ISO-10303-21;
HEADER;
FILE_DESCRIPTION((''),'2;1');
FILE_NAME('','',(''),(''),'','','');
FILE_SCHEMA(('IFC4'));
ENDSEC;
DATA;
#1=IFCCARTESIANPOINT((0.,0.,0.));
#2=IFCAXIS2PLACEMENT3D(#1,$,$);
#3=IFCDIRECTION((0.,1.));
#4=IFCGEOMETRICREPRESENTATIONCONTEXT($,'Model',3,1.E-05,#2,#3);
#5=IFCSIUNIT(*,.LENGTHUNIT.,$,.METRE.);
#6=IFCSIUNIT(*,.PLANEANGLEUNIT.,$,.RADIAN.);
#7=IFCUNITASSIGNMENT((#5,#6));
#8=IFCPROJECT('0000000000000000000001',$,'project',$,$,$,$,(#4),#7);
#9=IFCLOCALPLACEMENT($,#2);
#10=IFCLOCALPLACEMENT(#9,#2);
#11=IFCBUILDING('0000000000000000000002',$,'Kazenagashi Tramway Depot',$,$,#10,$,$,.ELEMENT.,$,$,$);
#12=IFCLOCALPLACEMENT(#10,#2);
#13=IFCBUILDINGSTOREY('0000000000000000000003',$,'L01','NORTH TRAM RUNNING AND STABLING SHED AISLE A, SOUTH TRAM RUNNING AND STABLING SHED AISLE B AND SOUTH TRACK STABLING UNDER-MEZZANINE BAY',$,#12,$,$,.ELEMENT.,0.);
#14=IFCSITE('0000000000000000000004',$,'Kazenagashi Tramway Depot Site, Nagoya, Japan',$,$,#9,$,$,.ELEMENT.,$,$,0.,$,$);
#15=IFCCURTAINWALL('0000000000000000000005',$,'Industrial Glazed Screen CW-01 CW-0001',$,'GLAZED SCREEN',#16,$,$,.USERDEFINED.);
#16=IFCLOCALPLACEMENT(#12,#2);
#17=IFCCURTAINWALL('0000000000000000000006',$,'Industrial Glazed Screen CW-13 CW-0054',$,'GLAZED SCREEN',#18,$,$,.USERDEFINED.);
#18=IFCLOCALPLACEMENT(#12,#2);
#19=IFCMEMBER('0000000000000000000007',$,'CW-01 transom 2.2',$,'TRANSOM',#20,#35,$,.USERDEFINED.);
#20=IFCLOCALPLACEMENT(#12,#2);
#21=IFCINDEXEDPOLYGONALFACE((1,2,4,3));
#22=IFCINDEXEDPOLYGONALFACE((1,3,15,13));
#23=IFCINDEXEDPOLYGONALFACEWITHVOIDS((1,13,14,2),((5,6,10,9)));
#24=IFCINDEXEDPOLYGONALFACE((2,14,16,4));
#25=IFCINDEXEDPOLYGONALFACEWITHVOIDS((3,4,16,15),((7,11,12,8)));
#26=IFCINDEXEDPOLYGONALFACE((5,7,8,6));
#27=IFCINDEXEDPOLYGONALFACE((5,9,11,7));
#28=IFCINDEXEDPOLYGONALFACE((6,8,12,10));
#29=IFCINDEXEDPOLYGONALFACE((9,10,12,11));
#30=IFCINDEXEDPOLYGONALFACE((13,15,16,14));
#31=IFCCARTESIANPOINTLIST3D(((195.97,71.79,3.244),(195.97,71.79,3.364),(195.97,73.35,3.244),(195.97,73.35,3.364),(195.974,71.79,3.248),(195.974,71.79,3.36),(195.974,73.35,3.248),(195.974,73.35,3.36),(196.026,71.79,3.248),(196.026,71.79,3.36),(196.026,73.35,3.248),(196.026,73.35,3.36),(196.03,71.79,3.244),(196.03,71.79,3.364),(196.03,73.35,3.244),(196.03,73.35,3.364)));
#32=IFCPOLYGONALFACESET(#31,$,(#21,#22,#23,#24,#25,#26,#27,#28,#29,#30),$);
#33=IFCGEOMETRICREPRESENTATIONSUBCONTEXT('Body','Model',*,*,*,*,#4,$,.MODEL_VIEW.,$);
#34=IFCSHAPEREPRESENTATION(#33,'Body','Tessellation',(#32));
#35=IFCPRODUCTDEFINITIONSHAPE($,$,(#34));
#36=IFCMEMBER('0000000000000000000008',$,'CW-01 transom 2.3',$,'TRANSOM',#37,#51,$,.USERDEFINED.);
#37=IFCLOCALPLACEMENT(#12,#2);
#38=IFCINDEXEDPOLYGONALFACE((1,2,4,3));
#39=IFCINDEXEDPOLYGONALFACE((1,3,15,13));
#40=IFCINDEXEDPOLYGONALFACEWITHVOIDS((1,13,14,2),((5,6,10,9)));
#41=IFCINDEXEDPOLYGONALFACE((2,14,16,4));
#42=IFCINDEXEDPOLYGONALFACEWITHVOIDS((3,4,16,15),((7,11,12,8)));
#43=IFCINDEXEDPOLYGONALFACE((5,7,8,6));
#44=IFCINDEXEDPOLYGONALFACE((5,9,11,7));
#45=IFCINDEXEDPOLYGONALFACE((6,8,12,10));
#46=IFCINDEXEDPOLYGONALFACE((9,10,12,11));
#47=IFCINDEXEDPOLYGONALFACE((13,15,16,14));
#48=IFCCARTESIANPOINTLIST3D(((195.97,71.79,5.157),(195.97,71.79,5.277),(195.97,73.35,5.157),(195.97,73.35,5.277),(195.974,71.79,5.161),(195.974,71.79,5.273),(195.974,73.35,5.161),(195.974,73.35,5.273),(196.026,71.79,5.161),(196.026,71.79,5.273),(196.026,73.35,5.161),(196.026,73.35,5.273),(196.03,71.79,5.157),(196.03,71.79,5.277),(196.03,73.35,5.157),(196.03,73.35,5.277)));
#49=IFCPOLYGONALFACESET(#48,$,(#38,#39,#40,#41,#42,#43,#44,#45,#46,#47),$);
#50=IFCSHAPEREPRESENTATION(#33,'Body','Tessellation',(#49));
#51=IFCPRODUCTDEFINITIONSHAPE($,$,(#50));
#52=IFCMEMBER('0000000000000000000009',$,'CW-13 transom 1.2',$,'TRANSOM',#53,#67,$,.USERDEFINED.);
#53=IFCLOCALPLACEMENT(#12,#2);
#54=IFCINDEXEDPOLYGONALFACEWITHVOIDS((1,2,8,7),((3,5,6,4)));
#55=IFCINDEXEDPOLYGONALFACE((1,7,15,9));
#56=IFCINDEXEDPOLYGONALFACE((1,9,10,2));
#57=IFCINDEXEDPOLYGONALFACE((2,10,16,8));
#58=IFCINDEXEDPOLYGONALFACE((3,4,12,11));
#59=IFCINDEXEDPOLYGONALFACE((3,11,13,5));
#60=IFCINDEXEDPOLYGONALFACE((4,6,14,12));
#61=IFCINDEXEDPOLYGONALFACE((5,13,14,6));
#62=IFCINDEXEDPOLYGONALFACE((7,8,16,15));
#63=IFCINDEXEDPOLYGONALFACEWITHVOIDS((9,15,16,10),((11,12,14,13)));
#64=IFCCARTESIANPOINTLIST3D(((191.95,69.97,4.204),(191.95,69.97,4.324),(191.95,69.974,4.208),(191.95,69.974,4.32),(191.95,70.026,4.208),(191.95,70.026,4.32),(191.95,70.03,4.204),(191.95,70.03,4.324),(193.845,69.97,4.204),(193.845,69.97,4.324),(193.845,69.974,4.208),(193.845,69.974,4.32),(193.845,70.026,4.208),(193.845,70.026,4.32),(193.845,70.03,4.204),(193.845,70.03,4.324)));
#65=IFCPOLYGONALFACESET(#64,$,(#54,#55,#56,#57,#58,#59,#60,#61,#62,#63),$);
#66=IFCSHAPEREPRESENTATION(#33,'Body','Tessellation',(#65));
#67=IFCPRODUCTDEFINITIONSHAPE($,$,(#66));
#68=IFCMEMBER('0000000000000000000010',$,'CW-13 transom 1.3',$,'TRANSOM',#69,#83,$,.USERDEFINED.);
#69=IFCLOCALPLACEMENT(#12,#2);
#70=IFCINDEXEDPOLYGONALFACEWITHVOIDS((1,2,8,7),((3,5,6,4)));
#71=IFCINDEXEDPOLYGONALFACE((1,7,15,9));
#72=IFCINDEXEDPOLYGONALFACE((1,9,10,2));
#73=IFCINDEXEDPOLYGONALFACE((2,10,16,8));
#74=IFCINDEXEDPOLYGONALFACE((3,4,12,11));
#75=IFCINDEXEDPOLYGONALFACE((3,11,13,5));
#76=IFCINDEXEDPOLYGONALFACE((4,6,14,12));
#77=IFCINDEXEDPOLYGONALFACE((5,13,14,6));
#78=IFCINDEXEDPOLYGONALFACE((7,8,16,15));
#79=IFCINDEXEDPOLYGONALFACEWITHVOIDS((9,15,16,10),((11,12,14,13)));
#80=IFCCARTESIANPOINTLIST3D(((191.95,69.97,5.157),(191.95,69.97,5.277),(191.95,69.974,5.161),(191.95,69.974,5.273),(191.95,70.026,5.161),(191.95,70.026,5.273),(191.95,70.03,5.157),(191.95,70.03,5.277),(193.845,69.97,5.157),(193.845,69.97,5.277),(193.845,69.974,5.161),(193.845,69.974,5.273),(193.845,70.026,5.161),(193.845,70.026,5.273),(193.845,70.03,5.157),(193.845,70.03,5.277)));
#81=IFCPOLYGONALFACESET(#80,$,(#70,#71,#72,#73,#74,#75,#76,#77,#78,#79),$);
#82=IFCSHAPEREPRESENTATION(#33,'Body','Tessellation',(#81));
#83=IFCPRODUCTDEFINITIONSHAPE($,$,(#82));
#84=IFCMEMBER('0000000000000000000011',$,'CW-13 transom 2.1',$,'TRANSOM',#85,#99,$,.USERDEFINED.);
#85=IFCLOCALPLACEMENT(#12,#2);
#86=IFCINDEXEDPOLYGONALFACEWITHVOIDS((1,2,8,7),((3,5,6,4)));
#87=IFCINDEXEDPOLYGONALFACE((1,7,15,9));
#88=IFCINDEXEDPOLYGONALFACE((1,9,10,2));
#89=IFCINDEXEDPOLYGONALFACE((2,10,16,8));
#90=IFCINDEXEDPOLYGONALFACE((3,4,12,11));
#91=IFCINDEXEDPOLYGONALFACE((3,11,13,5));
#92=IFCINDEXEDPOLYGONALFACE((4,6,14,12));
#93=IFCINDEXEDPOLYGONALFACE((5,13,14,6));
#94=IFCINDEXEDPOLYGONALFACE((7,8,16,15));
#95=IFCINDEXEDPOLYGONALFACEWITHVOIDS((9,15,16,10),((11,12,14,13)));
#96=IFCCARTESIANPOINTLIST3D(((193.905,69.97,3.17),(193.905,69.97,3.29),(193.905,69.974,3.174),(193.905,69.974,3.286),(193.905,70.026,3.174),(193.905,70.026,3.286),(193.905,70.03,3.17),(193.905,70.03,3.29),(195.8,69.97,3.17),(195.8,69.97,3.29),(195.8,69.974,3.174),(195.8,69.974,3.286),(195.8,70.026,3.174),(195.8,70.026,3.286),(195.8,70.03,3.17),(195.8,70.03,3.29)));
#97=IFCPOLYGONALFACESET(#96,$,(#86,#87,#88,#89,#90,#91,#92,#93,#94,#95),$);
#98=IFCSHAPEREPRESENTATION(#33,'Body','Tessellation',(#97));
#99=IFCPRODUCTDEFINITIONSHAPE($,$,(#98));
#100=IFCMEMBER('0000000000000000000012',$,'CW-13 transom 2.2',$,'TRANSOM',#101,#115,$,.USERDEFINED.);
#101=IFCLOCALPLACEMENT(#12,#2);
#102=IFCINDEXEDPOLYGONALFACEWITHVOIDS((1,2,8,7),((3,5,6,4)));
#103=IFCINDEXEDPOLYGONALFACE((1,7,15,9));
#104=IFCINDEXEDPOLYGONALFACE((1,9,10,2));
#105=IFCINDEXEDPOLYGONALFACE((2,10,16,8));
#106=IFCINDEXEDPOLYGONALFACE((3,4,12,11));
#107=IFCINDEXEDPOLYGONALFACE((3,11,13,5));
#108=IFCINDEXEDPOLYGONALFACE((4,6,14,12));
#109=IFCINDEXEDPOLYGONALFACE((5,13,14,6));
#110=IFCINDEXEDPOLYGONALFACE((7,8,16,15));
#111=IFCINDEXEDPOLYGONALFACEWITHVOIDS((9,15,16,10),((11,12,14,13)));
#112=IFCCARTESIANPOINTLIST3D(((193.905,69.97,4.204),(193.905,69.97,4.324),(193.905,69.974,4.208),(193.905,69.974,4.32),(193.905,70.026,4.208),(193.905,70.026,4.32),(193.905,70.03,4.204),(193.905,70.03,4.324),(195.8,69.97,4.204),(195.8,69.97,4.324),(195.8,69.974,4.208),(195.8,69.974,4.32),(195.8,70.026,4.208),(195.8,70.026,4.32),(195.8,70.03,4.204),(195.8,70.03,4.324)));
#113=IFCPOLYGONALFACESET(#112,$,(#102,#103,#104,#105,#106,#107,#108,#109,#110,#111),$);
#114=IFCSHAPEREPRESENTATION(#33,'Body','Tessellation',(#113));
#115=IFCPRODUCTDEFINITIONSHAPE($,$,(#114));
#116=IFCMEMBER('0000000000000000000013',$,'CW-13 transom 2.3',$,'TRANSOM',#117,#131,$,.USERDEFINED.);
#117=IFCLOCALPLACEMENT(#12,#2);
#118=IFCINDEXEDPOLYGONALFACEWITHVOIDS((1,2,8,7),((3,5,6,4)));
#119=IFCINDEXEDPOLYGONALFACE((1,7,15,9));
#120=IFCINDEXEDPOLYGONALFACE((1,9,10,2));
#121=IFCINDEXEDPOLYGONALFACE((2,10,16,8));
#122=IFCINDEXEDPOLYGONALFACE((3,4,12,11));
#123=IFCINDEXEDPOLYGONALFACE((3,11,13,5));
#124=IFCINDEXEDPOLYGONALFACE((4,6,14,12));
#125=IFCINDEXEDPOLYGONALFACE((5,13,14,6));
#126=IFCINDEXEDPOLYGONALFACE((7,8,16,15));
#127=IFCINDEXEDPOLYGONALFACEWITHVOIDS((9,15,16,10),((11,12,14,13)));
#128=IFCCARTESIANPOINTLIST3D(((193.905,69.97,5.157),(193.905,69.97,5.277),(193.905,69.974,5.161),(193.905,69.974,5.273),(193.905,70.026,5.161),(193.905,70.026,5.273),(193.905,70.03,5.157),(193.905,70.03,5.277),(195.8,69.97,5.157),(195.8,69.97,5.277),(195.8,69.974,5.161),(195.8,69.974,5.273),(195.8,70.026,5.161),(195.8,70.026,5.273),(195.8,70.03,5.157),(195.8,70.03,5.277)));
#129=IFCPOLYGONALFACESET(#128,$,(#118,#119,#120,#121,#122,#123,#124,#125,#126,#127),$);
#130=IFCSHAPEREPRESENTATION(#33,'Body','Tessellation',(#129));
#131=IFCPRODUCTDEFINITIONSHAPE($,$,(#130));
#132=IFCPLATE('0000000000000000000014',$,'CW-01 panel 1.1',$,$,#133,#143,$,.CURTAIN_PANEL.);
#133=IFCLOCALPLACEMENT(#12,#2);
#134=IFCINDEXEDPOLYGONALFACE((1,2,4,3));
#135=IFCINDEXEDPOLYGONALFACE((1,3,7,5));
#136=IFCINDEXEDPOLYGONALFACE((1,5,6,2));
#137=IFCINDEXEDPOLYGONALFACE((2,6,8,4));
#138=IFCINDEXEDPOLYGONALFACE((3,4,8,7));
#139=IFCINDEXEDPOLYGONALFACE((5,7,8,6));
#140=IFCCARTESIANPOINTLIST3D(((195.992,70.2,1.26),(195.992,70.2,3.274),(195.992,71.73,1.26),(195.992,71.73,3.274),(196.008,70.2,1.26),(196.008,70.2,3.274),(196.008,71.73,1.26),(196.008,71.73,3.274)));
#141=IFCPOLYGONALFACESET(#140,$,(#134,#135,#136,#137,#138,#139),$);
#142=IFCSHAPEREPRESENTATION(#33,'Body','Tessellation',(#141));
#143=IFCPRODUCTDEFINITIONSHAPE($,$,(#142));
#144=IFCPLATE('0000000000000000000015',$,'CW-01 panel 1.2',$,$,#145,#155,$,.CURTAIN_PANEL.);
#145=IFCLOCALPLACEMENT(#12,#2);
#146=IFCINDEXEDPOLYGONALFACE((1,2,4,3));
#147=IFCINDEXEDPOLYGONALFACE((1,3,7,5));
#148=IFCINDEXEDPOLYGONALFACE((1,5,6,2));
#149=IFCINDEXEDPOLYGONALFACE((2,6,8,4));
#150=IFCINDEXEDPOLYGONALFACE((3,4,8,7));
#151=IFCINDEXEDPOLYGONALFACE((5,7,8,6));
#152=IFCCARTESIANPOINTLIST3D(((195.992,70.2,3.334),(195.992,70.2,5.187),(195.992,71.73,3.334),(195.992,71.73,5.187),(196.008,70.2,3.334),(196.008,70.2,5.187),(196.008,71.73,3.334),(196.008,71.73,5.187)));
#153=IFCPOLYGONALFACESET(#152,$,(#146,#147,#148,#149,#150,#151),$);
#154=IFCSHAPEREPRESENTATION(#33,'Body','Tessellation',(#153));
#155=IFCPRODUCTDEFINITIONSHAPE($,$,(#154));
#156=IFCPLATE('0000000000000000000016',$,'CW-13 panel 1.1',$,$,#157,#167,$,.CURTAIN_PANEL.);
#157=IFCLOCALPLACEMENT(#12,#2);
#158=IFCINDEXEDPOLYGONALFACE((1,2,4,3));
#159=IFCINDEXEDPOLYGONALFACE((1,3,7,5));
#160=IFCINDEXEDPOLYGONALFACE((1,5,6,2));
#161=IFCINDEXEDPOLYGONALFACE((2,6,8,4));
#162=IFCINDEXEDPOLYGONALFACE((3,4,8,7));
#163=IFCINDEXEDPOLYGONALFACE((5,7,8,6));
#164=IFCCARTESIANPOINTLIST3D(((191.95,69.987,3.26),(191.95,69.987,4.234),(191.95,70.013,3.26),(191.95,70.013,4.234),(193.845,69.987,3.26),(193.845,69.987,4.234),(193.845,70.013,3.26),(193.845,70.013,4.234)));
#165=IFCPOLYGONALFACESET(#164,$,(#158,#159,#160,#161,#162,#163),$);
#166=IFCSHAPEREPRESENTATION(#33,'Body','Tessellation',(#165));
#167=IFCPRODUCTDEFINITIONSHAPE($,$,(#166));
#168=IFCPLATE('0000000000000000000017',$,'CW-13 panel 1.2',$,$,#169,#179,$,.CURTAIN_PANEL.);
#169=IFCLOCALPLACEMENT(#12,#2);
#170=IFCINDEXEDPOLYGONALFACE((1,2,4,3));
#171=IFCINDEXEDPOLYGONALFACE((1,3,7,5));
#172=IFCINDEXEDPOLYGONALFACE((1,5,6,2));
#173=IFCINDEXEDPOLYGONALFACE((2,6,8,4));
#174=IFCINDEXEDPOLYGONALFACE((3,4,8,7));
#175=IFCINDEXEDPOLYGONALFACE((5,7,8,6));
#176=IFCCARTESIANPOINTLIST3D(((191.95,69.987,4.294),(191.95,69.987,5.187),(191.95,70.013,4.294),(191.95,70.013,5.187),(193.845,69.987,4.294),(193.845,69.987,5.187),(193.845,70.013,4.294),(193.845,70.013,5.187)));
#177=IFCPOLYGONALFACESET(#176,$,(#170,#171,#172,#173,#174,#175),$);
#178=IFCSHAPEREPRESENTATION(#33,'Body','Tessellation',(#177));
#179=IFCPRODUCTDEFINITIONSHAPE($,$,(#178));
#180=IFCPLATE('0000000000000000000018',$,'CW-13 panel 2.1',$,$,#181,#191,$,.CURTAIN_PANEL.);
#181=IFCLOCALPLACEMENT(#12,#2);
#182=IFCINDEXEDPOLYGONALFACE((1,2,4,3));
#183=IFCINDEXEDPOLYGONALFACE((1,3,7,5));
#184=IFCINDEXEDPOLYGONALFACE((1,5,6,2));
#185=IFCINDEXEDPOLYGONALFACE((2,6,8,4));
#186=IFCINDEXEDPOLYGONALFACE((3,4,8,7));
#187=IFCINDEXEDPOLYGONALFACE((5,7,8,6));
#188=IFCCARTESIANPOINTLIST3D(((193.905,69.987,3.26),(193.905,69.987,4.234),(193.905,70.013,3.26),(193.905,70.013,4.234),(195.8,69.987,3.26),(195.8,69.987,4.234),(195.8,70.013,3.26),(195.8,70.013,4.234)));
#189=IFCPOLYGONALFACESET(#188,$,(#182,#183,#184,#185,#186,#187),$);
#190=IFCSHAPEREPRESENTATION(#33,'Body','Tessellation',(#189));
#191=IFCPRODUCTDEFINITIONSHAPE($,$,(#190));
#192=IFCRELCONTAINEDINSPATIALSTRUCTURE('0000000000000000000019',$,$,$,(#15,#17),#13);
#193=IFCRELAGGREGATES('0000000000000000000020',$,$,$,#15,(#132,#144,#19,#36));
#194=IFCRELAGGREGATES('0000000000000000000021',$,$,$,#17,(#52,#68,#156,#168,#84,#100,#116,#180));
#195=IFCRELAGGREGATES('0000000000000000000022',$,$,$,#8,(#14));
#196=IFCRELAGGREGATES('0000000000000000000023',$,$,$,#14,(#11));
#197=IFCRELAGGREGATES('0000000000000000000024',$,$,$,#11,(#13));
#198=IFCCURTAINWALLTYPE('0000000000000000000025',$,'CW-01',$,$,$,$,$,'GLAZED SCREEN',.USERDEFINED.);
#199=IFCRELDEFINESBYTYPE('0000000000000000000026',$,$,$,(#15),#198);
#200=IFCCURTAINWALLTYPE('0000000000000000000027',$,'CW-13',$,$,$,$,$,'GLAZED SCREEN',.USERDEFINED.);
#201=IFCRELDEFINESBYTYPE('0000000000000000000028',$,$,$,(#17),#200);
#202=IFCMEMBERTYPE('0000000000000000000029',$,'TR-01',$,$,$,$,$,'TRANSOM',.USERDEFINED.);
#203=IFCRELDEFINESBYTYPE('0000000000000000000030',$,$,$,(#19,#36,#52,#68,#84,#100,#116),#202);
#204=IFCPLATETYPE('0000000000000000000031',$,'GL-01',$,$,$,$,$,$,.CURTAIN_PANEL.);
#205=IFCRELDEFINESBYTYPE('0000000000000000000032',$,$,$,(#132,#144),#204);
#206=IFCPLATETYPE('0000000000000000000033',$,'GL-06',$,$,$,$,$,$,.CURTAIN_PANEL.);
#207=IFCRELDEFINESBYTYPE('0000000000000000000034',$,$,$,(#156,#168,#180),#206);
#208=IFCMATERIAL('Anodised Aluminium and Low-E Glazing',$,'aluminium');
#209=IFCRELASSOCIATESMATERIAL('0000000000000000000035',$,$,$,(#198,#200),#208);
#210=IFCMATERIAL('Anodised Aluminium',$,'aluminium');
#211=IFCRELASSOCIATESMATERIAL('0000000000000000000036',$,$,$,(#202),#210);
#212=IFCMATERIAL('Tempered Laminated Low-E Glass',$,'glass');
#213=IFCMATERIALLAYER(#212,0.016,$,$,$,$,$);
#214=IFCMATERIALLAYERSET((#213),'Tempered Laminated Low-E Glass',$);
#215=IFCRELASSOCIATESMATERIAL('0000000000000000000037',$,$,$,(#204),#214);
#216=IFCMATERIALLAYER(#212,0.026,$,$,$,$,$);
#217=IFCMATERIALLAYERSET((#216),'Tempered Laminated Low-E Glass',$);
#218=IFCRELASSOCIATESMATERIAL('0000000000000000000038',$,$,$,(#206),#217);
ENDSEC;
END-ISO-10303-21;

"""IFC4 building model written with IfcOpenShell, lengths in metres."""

from ifc_helpers import new_model, si_unit, direction, frame, origin, origin_2d, place, context, subcontext, project, spatial, rectangle, hollow_rectangle, extrude, material, layer, layer_set, material_profile, profile_set, type_object, element, aggregate, save


model = new_model("IFC4")

# Units and contexts
model_context = context("Model", 3, precision=1e-05, world=origin(), true_north=direction((0.0, 1.0)))
body_context = subcontext(model_context, "Body", "Model", "MODEL_VIEW")
ifc_project = project(units=[si_unit("LENGTHUNIT", "METRE"), si_unit("PLANEANGLEUNIT", "RADIAN")], contexts=[model_context])

# Site, building, storey
site_placement = place(None, origin())
site = spatial("IfcSite", under=ifc_project, at=site_placement, Name="Kazenagashi Tramway Depot Site, Nagoya, Japan", CompositionType="ELEMENT", RefElevation=0.0)
building_placement = place(site_placement, origin())
building = spatial("IfcBuilding", under=site, at=building_placement, Name="Kazenagashi Tramway Depot", CompositionType="ELEMENT")
storey_placement = place(building_placement, origin())
storey = spatial("IfcBuildingStorey", under=building, at=storey_placement, Name="L01", Description="NORTH TRAM RUNNING AND STABLING SHED AISLE A, SOUTH TRAM RUNNING AND STABLING SHED AISLE B AND SOUTH TRACK STABLING UNDER-MEZZANINE BAY", CompositionType="ELEMENT", Elevation=0.0)

# Curtain walls
ifc_material_1 = material(Name="Anodised Aluminium and Low-E Glazing", Category="aluminium")
curtain_wall_type_1 = type_object("IfcCurtainWallType", Name="CW-01", ElementType="GLAZED SCREEN", PredefinedType="USERDEFINED", material=ifc_material_1)
curtain_wall_1_placement = place(storey_placement, origin())
curtain_wall_1 = element("IfcCurtainWall", 1, at=curtain_wall_1_placement, inside=storey, type_object=curtain_wall_type_1, Name="Industrial Glazed Screen CW-01 CW-0001", ObjectType="GLAZED SCREEN", PredefinedType="USERDEFINED")
ifc_material_2 = material(Name="Anodised Aluminium", Category="aluminium")
curtain_wall_type_2 = type_object("IfcCurtainWallType", Name="CW-13", ElementType="GLAZED SCREEN", PredefinedType="USERDEFINED", material=ifc_material_1)
curtain_wall_2_placement = place(storey_placement, origin())
curtain_wall_2 = element("IfcCurtainWall", 2, at=curtain_wall_2_placement, inside=storey, type_object=curtain_wall_type_2, Name="Industrial Glazed Screen CW-13 CW-0054", ObjectType="GLAZED SCREEN", PredefinedType="USERDEFINED")

# Members
ifc_material_profile_1 = material_profile(ifc_material_2, hollow_rectangle(XDim=0.06, YDim=0.12, WallThickness=0.004, at=origin_2d()), Name="RHS-120x60x4")
ifc_profile_set_1 = profile_set([ifc_material_profile_1], Name="Anodised Aluminium")
member_type_1 = type_object("IfcMemberType", Name="TR-01", ElementType="TRANSOM", PredefinedType="USERDEFINED", material=ifc_profile_set_1)
member_1_placement = place(storey_placement, frame((196.0, 71.79, 3.304), z_axis=(0.0, 1.0, 0.0), x_axis=(-1.0, 0.0, 0.0)))
member_1 = element("IfcMember", 3, at=member_1_placement, type_object=member_type_1, Name="CW-01 transom 2.2", ObjectType="TRANSOM", PredefinedType="USERDEFINED", context=body_context, shape_type="SweptSolid", body=[
    extrude(hollow_rectangle(XDim=0.06, YDim=0.12, WallThickness=0.004, at=origin_2d()), origin(), (0.0, 0.0, 1.0), 1.56),
])
member_2_placement = place(storey_placement, frame((196.0, 71.79, 5.217), z_axis=(0.0, 1.0, 0.0), x_axis=(-1.0, 0.0, 0.0)))
member_2 = element("IfcMember", 4, at=member_2_placement, type_object=member_type_1, Name="CW-01 transom 2.3", ObjectType="TRANSOM", PredefinedType="USERDEFINED", context=body_context, shape_type="SweptSolid", body=[
    extrude(hollow_rectangle(XDim=0.06, YDim=0.12, WallThickness=0.004, at=origin_2d()), origin(), (0.0, 0.0, 1.0), 1.56),
])
member_3_placement = place(storey_placement, frame((191.95, 70.0, 4.264), z_axis=(1.0, 0.0, 0.0), x_axis=(0.0, 1.0, 0.0)))
member_3 = element("IfcMember", 5, at=member_3_placement, type_object=member_type_1, Name="CW-13 transom 1.2", ObjectType="TRANSOM", PredefinedType="USERDEFINED", context=body_context, shape_type="SweptSolid", body=[
    extrude(hollow_rectangle(XDim=0.06, YDim=0.12, WallThickness=0.004, at=origin_2d()), origin(), (0.0, 0.0, 1.0), 1.895),
])
member_4_placement = place(storey_placement, frame((191.95, 70.0, 5.217), z_axis=(1.0, 0.0, 0.0), x_axis=(0.0, 1.0, 0.0)))
member_4 = element("IfcMember", 6, at=member_4_placement, type_object=member_type_1, Name="CW-13 transom 1.3", ObjectType="TRANSOM", PredefinedType="USERDEFINED", context=body_context, shape_type="SweptSolid", body=[
    extrude(hollow_rectangle(XDim=0.06, YDim=0.12, WallThickness=0.004, at=origin_2d()), origin(), (0.0, 0.0, 1.0), 1.895),
])
member_5_placement = place(storey_placement, frame((193.905, 70.0, 3.23), z_axis=(1.0, 0.0, 0.0), x_axis=(0.0, 1.0, 0.0)))
member_5 = element("IfcMember", 7, at=member_5_placement, type_object=member_type_1, Name="CW-13 transom 2.1", ObjectType="TRANSOM", PredefinedType="USERDEFINED", context=body_context, shape_type="SweptSolid", body=[
    extrude(hollow_rectangle(XDim=0.06, YDim=0.12, WallThickness=0.004, at=origin_2d()), origin(), (0.0, 0.0, 1.0), 1.895),
])
member_6_placement = place(storey_placement, frame((193.905, 70.0, 4.264), z_axis=(1.0, 0.0, 0.0), x_axis=(0.0, 1.0, 0.0)))
member_6 = element("IfcMember", 8, at=member_6_placement, type_object=member_type_1, Name="CW-13 transom 2.2", ObjectType="TRANSOM", PredefinedType="USERDEFINED", context=body_context, shape_type="SweptSolid", body=[
    extrude(hollow_rectangle(XDim=0.06, YDim=0.12, WallThickness=0.004, at=origin_2d()), origin(), (0.0, 0.0, 1.0), 1.895),
])
member_7_placement = place(storey_placement, frame((193.905, 70.0, 5.217), z_axis=(1.0, 0.0, 0.0), x_axis=(0.0, 1.0, 0.0)))
member_7 = element("IfcMember", 9, at=member_7_placement, type_object=member_type_1, Name="CW-13 transom 2.3", ObjectType="TRANSOM", PredefinedType="USERDEFINED", context=body_context, shape_type="SweptSolid", body=[
    extrude(hollow_rectangle(XDim=0.06, YDim=0.12, WallThickness=0.004, at=origin_2d()), origin(), (0.0, 0.0, 1.0), 1.895),
])

# Plates
ifc_material_3 = material(Name="Tempered Laminated Low-E Glass", Category="glass")
ifc_layer_1 = layer(ifc_material_3, 0.016)
ifc_layer_set_1 = layer_set([ifc_layer_1], Name="Tempered Laminated Low-E Glass")
plate_type_1 = type_object("IfcPlateType", Name="GL-01", PredefinedType="CURTAIN_PANEL", material=ifc_layer_set_1)
plate_1_placement = place(storey_placement, frame((196.0, 70.965, 1.26), z_axis=(0.0, 0.0, 1.0), x_axis=(0.0, 1.0, 0.0)))
plate_1 = element("IfcPlate", 10, at=plate_1_placement, type_object=plate_type_1, Name="CW-01 panel 1.1", PredefinedType="CURTAIN_PANEL", context=body_context, shape_type="SweptSolid", body=[
    extrude(rectangle(XDim=1.53, YDim=0.016, at=origin_2d()), origin(), (0.0, 0.0, 1.0), 2.014),
])
plate_2_placement = place(storey_placement, frame((196.0, 70.965, 3.334), z_axis=(0.0, 0.0, 1.0), x_axis=(0.0, 1.0, 0.0)))
plate_2 = element("IfcPlate", 11, at=plate_2_placement, type_object=plate_type_1, Name="CW-01 panel 1.2", PredefinedType="CURTAIN_PANEL", context=body_context, shape_type="SweptSolid", body=[
    extrude(rectangle(XDim=1.53, YDim=0.016, at=origin_2d()), origin(), (0.0, 0.0, 1.0), 1.853),
])
aggregate(curtain_wall_1, [plate_1, plate_2, member_1, member_2])
ifc_layer_2 = layer(ifc_material_3, 0.026)
ifc_layer_set_2 = layer_set([ifc_layer_2], Name="Tempered Laminated Low-E Glass")
plate_type_2 = type_object("IfcPlateType", Name="GL-06", PredefinedType="CURTAIN_PANEL", material=ifc_layer_set_2)
plate_3_placement = place(storey_placement, frame((192.8975, 70.0, 3.26), z_axis=(0.0, 0.0, 1.0), x_axis=(1.0, 0.0, 0.0)))
plate_3 = element("IfcPlate", 12, at=plate_3_placement, type_object=plate_type_2, Name="CW-13 panel 1.1", PredefinedType="CURTAIN_PANEL", context=body_context, shape_type="SweptSolid", body=[
    extrude(rectangle(XDim=1.895, YDim=0.026, at=origin_2d()), origin(), (0.0, 0.0, 1.0), 0.974),
])
plate_4_placement = place(storey_placement, frame((192.8975, 70.0, 4.294), z_axis=(0.0, 0.0, 1.0), x_axis=(1.0, 0.0, 0.0)))
plate_4 = element("IfcPlate", 13, at=plate_4_placement, type_object=plate_type_2, Name="CW-13 panel 1.2", PredefinedType="CURTAIN_PANEL", context=body_context, shape_type="SweptSolid", body=[
    extrude(rectangle(XDim=1.895, YDim=0.026, at=origin_2d()), origin(), (0.0, 0.0, 1.0), 0.893),
])
plate_5_placement = place(storey_placement, frame((194.8525, 70.0, 3.26), z_axis=(0.0, 0.0, 1.0), x_axis=(1.0, 0.0, 0.0)))
plate_5 = element("IfcPlate", 14, at=plate_5_placement, type_object=plate_type_2, Name="CW-13 panel 2.1", PredefinedType="CURTAIN_PANEL", context=body_context, shape_type="SweptSolid", body=[
    extrude(rectangle(XDim=1.895, YDim=0.026, at=origin_2d()), origin(), (0.0, 0.0, 1.0), 0.974),
])
aggregate(curtain_wall_2, [member_3, member_4, plate_3, plate_4, member_5, member_6, member_7, plate_5])

save(model, "model.ifc")
